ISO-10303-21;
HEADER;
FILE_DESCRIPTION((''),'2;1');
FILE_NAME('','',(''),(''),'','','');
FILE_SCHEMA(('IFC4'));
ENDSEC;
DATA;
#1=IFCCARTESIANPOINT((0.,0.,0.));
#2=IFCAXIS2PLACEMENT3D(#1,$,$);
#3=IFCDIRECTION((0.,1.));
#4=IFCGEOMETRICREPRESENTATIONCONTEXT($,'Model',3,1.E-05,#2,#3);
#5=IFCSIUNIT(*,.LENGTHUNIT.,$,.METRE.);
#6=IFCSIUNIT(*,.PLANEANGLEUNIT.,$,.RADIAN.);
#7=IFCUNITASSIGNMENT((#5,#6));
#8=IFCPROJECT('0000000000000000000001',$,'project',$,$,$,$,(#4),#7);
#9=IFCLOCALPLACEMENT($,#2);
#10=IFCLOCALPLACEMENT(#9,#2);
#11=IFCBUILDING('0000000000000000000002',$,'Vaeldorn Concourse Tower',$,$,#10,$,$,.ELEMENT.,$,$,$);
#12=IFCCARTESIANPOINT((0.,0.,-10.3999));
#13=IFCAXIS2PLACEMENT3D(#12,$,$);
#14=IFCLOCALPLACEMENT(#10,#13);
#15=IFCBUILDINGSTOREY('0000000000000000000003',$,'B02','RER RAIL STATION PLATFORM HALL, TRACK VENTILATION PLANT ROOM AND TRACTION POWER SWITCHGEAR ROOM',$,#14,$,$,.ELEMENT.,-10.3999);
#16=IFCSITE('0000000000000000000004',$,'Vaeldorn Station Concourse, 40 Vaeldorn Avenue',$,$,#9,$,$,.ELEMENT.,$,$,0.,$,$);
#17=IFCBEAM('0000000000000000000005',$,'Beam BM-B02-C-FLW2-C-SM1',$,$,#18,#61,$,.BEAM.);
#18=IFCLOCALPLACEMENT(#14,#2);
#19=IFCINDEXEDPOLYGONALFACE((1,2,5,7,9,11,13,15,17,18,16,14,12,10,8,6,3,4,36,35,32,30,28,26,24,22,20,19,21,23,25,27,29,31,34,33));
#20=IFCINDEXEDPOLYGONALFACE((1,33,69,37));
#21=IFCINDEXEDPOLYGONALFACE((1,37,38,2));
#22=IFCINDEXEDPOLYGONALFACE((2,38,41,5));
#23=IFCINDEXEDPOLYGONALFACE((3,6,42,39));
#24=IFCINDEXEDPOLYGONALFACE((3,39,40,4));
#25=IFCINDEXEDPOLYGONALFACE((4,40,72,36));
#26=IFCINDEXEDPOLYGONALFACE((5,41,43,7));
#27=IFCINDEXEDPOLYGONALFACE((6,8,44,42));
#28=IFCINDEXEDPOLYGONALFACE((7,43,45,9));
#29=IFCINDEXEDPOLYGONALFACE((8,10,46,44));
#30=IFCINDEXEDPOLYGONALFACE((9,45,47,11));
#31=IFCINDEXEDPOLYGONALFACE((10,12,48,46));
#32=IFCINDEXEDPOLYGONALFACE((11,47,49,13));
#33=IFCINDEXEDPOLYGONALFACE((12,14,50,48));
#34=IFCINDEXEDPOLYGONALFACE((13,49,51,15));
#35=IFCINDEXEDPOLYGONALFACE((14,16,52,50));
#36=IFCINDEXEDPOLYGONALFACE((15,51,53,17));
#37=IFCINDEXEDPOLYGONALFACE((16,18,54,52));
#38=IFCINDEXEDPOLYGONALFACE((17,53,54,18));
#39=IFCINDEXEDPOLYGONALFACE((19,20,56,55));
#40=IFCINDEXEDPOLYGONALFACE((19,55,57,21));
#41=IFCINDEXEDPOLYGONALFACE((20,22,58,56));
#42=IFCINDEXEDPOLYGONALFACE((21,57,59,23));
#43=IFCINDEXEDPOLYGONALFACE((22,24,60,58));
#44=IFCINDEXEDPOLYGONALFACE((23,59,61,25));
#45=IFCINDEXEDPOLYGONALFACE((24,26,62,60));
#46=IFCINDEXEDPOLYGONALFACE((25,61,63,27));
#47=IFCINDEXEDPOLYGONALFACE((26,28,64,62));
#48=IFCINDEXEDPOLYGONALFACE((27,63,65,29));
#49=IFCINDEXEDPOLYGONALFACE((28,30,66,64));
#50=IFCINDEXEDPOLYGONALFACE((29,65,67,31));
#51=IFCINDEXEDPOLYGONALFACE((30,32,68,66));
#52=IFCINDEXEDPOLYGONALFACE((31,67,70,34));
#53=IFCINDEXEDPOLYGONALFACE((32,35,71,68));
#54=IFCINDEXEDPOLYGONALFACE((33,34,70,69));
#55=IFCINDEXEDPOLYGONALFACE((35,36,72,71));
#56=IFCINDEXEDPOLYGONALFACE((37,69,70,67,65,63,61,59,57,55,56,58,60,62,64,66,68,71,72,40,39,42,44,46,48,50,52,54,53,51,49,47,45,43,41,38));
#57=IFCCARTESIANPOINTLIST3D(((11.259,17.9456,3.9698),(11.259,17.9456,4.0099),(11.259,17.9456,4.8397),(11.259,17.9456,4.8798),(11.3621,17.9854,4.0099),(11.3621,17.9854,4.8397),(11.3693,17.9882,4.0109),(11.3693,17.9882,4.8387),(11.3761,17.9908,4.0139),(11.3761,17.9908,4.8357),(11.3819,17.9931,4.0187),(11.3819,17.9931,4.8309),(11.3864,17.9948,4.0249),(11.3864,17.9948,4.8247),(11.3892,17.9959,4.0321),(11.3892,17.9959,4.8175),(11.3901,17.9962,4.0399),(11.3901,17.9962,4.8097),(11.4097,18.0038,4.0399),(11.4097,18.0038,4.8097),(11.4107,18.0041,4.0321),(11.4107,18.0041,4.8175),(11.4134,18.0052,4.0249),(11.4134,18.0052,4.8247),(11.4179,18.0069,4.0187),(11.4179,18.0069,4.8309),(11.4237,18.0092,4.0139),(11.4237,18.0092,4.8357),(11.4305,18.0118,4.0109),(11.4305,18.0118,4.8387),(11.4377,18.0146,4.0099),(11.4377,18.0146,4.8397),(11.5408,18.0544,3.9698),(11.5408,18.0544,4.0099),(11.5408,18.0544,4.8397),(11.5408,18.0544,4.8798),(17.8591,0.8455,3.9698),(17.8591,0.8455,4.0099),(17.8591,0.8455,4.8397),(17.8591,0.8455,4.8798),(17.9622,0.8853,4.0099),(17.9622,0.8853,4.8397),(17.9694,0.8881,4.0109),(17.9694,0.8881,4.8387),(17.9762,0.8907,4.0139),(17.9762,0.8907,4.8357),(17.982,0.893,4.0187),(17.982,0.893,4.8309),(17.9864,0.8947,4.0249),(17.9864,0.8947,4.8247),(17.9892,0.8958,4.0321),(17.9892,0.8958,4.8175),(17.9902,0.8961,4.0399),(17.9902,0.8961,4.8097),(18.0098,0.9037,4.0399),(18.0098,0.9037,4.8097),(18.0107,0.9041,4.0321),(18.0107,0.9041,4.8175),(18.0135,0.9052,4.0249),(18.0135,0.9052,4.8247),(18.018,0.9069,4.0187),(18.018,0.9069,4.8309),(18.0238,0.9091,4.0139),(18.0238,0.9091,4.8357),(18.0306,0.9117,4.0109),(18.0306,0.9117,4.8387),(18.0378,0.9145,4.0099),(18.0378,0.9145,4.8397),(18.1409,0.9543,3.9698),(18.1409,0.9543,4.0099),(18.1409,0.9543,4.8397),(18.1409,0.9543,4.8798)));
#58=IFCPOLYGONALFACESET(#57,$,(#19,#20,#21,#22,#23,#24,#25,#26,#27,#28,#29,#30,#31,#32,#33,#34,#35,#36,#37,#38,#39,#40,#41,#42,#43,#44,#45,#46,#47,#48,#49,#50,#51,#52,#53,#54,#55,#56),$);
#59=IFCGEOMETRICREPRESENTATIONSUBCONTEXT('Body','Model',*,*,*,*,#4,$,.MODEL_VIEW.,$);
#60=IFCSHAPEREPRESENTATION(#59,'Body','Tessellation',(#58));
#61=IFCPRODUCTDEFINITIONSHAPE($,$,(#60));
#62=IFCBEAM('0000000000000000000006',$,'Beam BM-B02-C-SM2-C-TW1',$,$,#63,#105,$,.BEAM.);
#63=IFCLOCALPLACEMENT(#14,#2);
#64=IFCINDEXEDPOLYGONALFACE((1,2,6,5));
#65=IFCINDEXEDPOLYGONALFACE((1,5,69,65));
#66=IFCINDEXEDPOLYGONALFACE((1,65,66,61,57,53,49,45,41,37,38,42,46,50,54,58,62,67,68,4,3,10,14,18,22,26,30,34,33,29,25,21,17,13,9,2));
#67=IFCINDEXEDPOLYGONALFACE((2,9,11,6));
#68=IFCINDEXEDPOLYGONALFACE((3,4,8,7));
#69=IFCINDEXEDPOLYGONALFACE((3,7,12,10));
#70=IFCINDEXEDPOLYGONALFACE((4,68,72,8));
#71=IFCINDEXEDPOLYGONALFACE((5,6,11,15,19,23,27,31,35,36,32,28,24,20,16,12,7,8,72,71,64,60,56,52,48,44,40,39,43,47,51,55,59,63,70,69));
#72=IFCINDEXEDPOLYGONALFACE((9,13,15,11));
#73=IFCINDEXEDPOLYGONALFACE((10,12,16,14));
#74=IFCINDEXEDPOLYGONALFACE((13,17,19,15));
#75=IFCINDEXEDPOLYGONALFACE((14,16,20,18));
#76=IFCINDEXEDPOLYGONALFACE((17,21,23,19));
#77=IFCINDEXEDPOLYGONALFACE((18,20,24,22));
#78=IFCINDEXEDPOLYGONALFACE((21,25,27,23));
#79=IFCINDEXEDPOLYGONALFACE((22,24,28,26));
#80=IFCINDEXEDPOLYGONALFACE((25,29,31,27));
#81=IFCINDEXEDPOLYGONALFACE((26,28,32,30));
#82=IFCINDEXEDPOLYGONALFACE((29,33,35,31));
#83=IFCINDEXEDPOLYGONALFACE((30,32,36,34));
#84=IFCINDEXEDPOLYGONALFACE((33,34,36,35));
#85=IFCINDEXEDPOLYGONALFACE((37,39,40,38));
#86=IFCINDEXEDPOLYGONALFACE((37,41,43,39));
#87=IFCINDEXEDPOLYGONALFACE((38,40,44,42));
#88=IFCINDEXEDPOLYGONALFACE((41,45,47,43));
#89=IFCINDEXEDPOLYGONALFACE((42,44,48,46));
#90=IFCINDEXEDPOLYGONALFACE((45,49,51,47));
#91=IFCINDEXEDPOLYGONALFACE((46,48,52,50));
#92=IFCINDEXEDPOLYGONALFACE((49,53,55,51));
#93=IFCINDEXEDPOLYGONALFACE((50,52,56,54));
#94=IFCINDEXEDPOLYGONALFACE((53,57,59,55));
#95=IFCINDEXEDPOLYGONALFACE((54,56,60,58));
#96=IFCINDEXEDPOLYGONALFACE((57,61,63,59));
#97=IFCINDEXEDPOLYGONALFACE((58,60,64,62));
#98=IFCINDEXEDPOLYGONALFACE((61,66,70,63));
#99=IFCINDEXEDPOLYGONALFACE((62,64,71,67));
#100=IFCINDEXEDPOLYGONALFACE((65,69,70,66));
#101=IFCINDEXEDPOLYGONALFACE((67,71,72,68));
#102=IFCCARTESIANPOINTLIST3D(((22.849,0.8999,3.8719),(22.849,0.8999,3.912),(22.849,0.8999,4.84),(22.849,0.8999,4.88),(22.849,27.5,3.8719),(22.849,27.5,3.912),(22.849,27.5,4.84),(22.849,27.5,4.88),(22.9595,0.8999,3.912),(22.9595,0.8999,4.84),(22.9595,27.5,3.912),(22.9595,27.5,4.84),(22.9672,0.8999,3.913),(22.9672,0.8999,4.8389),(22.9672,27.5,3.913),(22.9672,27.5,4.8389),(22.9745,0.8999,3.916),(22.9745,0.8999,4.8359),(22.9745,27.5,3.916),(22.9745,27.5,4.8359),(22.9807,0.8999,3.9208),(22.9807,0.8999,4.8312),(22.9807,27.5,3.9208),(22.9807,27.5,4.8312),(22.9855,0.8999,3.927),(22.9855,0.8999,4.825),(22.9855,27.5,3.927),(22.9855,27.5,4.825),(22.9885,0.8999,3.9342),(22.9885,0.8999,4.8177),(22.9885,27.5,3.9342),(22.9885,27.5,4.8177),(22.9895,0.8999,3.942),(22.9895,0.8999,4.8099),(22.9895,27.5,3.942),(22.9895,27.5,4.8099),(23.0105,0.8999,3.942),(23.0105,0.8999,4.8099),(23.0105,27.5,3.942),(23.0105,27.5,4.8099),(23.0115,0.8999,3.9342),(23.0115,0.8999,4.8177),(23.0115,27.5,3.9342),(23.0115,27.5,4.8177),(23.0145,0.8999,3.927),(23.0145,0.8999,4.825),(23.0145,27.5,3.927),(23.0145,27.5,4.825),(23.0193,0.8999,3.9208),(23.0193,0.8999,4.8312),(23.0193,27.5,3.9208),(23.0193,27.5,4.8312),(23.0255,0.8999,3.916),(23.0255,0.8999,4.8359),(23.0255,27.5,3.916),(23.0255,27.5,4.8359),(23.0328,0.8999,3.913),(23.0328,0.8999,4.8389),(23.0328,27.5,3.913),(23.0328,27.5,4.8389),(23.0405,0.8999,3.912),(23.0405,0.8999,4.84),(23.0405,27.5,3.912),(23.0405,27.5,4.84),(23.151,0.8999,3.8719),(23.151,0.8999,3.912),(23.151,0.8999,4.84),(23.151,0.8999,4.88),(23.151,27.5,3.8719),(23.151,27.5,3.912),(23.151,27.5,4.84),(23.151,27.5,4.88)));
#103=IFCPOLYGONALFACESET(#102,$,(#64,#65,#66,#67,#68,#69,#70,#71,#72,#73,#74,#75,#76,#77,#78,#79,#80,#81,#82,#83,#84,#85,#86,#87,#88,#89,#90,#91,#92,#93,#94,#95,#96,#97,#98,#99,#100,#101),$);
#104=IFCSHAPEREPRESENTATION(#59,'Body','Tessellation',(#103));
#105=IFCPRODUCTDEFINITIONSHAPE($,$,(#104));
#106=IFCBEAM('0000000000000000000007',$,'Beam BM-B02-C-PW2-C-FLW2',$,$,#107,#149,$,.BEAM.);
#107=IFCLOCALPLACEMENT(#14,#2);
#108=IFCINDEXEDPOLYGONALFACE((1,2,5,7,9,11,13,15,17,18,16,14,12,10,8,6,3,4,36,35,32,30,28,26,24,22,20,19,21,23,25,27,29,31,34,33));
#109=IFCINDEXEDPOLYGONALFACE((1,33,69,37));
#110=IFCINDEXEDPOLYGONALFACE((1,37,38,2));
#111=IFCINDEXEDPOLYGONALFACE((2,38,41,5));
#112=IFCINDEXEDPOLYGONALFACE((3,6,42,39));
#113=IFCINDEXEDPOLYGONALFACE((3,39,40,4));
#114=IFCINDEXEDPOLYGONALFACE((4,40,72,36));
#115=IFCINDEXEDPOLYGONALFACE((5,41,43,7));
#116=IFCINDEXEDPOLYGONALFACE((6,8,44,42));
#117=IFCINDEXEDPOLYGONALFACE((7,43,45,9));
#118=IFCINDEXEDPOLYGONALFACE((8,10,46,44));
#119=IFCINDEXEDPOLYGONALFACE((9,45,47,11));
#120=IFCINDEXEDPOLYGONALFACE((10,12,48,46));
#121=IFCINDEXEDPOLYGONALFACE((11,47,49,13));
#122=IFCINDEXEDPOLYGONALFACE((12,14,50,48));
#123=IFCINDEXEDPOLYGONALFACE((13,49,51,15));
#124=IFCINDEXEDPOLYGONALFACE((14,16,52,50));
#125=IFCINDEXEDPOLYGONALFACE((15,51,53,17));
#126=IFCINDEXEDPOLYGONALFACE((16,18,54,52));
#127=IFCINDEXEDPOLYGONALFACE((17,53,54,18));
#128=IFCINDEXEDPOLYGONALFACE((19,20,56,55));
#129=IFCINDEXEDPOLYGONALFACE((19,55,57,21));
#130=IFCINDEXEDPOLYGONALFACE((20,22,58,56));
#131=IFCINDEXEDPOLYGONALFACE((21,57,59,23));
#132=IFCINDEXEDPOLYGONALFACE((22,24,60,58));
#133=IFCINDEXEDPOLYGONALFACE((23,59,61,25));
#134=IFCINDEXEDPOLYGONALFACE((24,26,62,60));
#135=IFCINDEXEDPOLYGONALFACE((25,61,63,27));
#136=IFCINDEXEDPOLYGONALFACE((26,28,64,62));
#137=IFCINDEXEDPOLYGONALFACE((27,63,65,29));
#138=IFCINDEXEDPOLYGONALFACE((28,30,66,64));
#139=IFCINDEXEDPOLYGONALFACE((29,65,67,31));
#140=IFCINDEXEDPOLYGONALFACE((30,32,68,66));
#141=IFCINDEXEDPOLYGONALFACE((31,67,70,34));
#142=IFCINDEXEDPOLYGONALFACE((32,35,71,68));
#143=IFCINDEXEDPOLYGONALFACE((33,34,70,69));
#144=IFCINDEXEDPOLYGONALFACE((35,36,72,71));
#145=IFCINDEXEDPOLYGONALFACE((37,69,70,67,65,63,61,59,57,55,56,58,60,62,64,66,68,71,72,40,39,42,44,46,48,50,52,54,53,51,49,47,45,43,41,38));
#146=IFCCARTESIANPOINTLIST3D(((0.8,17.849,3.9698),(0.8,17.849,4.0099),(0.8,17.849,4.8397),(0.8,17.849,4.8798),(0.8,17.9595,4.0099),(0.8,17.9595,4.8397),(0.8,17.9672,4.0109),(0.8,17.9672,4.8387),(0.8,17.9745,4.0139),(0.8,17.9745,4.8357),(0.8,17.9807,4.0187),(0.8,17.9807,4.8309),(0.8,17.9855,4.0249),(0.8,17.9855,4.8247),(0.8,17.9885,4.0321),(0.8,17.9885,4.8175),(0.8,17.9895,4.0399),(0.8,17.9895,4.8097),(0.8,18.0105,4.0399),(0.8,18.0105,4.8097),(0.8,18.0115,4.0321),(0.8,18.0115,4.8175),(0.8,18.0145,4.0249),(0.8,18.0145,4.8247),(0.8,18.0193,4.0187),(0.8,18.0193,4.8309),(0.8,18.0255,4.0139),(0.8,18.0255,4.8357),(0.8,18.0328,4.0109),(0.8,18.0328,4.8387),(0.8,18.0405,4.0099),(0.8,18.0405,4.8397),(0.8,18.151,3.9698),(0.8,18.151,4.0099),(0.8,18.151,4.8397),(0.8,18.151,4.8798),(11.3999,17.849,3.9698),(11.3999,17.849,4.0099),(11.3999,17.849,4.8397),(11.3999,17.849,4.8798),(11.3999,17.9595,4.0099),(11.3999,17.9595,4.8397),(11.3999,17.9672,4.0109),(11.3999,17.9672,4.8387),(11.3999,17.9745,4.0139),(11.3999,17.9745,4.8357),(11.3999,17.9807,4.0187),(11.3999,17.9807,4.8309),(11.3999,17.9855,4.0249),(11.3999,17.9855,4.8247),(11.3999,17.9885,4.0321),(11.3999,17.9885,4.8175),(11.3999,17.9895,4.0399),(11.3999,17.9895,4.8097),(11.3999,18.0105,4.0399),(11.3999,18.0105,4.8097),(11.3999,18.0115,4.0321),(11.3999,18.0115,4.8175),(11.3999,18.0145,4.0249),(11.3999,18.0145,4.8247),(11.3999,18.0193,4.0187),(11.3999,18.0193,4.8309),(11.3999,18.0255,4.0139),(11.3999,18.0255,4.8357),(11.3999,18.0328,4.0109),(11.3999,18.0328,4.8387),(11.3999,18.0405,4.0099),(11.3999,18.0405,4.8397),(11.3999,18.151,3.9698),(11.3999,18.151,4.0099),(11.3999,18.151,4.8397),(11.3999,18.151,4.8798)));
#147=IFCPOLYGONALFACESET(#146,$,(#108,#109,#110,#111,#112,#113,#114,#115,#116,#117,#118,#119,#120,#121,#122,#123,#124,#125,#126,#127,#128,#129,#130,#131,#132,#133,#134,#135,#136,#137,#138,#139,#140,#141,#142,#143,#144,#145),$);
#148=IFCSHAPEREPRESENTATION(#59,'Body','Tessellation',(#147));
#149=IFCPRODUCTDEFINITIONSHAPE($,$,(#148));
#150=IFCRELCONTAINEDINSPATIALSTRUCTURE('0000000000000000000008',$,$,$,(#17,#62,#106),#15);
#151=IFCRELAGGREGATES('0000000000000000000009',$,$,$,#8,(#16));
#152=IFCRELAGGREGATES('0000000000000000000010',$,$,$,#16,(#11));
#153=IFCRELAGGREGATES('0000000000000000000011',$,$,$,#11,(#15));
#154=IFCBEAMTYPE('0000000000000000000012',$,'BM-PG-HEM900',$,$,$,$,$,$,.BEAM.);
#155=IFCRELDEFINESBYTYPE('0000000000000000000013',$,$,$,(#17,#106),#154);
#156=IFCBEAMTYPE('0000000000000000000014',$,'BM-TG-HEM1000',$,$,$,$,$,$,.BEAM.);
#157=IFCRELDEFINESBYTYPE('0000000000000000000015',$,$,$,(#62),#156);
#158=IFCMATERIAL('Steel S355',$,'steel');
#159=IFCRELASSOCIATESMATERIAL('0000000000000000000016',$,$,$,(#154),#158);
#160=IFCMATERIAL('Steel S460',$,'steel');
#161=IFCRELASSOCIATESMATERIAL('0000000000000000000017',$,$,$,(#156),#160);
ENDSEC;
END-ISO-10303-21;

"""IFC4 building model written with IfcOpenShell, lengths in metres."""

from ifc_helpers import new_model, si_unit, direction, frame, origin, origin_2d, place, context, subcontext, project, spatial, i_section, extrude, source, transform, mapped, material, material_profile, profile_set, type_object, element, save


model = new_model("IFC4")

# Units and contexts
model_context = context("Model", 3, precision=1e-05, world=origin(), true_north=direction((0.0, 1.0)))
body_context = subcontext(model_context, "Body", "Model", "MODEL_VIEW")
ifc_project = project(units=[si_unit("LENGTHUNIT", "METRE"), si_unit("PLANEANGLEUNIT", "RADIAN")], contexts=[model_context])

# Site, building, storey
site_placement = place(None, origin())
site = spatial("IfcSite", under=ifc_project, at=site_placement, Name="Vaeldorn Station Concourse, 40 Vaeldorn Avenue", CompositionType="ELEMENT", RefElevation=0.0)
building_placement = place(site_placement, origin())
building = spatial("IfcBuilding", under=site, at=building_placement, Name="Vaeldorn Concourse Tower", CompositionType="ELEMENT")
storey_placement = place(building_placement, frame((0.0, 0.0, -10.3999)))
storey = spatial("IfcBuildingStorey", under=building, at=storey_placement, Name="B02", Description="RER RAIL STATION PLATFORM HALL, TRACK VENTILATION PLANT ROOM AND TRACTION POWER SWITCHGEAR ROOM", CompositionType="ELEMENT", Elevation=-10.3999)

# Shared definitions
ifc_material_1 = material(Name="Steel S460", Category="steel")

# Beams
ifc_material_2 = material(Name="Steel S355", Category="steel")
ifc_material_profile_1 = material_profile(ifc_material_2, i_section(OverallWidth=0.302, OverallDepth=0.9099, WebThickness=0.021, FlangeThickness=0.04, FilletRadius=0.03, at=origin_2d()), Name="HEM 900")
ifc_profile_set_1 = profile_set([ifc_material_profile_1], Name="Steel S355")
beam_type_1 = type_object("IfcBeamType", Name="BM-PG-HEM900", PredefinedType="BEAM", material=ifc_profile_set_1)
shared_shape_1 = source(origin(), body_context, "Body", "SweptSolid", [
    extrude(i_section(OverallWidth=0.302, OverallDepth=0.9099, WebThickness=0.021, FlangeThickness=0.04, FilletRadius=0.03, at=origin_2d()), origin(), (0.0, 0.0, 1.0), 18.3296),
])
beam_1_placement = place(storey_placement, frame((11.3999, 18.0, 4.4248), z_axis=(0.360078, -0.932922, 0.0), x_axis=(0.932922, 0.360078, 0.0)))
element("IfcBeam", 1, at=beam_1_placement, inside=storey, type_object=beam_type_1, Name="Beam BM-B02-C-FLW2-C-SM1", PredefinedType="BEAM", context=body_context, shape_type="MappedRepresentation", body=[
    mapped(shared_shape_1, transform((0.0, 0.0, 0.0), scale=1.0)),
])
ifc_material_profile_2 = material_profile(ifc_material_1, i_section(OverallWidth=0.302, OverallDepth=1.0081, WebThickness=0.021, FlangeThickness=0.04, FilletRadius=0.03, at=origin_2d()), Name="HEM 1000")
ifc_profile_set_2 = profile_set([ifc_material_profile_2], Name="Steel S460")
beam_type_2 = type_object("IfcBeamType", Name="BM-TG-HEM1000", PredefinedType="BEAM", material=ifc_profile_set_2)
shared_shape_2 = source(origin(), body_context, "Body", "SweptSolid", [
    extrude(i_section(OverallWidth=0.302, OverallDepth=1.0081, WebThickness=0.021, FlangeThickness=0.04, FilletRadius=0.03, at=origin_2d()), origin(), (0.0, 0.0, 1.0), 26.6001),
])
beam_2_placement = place(storey_placement, frame((23.0, 0.8999, 4.376), z_axis=(0.0, 1.0, 0.0), x_axis=(-1.0, 0.0, 0.0)))
element("IfcBeam", 2, at=beam_2_placement, inside=storey, type_object=beam_type_2, Name="Beam BM-B02-C-SM2-C-TW1", PredefinedType="BEAM", context=body_context, shape_type="MappedRepresentation", body=[
    mapped(shared_shape_2, transform((0.0, 0.0, 0.0), scale=1.0)),
])
shared_shape_3 = source(origin(), body_context, "Body", "SweptSolid", [
    extrude(i_section(OverallWidth=0.302, OverallDepth=0.9099, WebThickness=0.021, FlangeThickness=0.04, FilletRadius=0.03, at=origin_2d()), origin(), (0.0, 0.0, 1.0), 10.5999),
])
beam_3_placement = place(storey_placement, frame((0.8, 18.0, 4.4248), z_axis=(1.0, 0.0, 0.0), x_axis=(0.0, 1.0, 0.0)))
element("IfcBeam", 3, at=beam_3_placement, inside=storey, type_object=beam_type_1, Name="Beam BM-B02-C-PW2-C-FLW2", PredefinedType="BEAM", context=body_context, shape_type="MappedRepresentation", body=[
    mapped(shared_shape_3, transform((0.0, 0.0, 0.0), scale=1.0)),
])

save(model, "model.ifc")
